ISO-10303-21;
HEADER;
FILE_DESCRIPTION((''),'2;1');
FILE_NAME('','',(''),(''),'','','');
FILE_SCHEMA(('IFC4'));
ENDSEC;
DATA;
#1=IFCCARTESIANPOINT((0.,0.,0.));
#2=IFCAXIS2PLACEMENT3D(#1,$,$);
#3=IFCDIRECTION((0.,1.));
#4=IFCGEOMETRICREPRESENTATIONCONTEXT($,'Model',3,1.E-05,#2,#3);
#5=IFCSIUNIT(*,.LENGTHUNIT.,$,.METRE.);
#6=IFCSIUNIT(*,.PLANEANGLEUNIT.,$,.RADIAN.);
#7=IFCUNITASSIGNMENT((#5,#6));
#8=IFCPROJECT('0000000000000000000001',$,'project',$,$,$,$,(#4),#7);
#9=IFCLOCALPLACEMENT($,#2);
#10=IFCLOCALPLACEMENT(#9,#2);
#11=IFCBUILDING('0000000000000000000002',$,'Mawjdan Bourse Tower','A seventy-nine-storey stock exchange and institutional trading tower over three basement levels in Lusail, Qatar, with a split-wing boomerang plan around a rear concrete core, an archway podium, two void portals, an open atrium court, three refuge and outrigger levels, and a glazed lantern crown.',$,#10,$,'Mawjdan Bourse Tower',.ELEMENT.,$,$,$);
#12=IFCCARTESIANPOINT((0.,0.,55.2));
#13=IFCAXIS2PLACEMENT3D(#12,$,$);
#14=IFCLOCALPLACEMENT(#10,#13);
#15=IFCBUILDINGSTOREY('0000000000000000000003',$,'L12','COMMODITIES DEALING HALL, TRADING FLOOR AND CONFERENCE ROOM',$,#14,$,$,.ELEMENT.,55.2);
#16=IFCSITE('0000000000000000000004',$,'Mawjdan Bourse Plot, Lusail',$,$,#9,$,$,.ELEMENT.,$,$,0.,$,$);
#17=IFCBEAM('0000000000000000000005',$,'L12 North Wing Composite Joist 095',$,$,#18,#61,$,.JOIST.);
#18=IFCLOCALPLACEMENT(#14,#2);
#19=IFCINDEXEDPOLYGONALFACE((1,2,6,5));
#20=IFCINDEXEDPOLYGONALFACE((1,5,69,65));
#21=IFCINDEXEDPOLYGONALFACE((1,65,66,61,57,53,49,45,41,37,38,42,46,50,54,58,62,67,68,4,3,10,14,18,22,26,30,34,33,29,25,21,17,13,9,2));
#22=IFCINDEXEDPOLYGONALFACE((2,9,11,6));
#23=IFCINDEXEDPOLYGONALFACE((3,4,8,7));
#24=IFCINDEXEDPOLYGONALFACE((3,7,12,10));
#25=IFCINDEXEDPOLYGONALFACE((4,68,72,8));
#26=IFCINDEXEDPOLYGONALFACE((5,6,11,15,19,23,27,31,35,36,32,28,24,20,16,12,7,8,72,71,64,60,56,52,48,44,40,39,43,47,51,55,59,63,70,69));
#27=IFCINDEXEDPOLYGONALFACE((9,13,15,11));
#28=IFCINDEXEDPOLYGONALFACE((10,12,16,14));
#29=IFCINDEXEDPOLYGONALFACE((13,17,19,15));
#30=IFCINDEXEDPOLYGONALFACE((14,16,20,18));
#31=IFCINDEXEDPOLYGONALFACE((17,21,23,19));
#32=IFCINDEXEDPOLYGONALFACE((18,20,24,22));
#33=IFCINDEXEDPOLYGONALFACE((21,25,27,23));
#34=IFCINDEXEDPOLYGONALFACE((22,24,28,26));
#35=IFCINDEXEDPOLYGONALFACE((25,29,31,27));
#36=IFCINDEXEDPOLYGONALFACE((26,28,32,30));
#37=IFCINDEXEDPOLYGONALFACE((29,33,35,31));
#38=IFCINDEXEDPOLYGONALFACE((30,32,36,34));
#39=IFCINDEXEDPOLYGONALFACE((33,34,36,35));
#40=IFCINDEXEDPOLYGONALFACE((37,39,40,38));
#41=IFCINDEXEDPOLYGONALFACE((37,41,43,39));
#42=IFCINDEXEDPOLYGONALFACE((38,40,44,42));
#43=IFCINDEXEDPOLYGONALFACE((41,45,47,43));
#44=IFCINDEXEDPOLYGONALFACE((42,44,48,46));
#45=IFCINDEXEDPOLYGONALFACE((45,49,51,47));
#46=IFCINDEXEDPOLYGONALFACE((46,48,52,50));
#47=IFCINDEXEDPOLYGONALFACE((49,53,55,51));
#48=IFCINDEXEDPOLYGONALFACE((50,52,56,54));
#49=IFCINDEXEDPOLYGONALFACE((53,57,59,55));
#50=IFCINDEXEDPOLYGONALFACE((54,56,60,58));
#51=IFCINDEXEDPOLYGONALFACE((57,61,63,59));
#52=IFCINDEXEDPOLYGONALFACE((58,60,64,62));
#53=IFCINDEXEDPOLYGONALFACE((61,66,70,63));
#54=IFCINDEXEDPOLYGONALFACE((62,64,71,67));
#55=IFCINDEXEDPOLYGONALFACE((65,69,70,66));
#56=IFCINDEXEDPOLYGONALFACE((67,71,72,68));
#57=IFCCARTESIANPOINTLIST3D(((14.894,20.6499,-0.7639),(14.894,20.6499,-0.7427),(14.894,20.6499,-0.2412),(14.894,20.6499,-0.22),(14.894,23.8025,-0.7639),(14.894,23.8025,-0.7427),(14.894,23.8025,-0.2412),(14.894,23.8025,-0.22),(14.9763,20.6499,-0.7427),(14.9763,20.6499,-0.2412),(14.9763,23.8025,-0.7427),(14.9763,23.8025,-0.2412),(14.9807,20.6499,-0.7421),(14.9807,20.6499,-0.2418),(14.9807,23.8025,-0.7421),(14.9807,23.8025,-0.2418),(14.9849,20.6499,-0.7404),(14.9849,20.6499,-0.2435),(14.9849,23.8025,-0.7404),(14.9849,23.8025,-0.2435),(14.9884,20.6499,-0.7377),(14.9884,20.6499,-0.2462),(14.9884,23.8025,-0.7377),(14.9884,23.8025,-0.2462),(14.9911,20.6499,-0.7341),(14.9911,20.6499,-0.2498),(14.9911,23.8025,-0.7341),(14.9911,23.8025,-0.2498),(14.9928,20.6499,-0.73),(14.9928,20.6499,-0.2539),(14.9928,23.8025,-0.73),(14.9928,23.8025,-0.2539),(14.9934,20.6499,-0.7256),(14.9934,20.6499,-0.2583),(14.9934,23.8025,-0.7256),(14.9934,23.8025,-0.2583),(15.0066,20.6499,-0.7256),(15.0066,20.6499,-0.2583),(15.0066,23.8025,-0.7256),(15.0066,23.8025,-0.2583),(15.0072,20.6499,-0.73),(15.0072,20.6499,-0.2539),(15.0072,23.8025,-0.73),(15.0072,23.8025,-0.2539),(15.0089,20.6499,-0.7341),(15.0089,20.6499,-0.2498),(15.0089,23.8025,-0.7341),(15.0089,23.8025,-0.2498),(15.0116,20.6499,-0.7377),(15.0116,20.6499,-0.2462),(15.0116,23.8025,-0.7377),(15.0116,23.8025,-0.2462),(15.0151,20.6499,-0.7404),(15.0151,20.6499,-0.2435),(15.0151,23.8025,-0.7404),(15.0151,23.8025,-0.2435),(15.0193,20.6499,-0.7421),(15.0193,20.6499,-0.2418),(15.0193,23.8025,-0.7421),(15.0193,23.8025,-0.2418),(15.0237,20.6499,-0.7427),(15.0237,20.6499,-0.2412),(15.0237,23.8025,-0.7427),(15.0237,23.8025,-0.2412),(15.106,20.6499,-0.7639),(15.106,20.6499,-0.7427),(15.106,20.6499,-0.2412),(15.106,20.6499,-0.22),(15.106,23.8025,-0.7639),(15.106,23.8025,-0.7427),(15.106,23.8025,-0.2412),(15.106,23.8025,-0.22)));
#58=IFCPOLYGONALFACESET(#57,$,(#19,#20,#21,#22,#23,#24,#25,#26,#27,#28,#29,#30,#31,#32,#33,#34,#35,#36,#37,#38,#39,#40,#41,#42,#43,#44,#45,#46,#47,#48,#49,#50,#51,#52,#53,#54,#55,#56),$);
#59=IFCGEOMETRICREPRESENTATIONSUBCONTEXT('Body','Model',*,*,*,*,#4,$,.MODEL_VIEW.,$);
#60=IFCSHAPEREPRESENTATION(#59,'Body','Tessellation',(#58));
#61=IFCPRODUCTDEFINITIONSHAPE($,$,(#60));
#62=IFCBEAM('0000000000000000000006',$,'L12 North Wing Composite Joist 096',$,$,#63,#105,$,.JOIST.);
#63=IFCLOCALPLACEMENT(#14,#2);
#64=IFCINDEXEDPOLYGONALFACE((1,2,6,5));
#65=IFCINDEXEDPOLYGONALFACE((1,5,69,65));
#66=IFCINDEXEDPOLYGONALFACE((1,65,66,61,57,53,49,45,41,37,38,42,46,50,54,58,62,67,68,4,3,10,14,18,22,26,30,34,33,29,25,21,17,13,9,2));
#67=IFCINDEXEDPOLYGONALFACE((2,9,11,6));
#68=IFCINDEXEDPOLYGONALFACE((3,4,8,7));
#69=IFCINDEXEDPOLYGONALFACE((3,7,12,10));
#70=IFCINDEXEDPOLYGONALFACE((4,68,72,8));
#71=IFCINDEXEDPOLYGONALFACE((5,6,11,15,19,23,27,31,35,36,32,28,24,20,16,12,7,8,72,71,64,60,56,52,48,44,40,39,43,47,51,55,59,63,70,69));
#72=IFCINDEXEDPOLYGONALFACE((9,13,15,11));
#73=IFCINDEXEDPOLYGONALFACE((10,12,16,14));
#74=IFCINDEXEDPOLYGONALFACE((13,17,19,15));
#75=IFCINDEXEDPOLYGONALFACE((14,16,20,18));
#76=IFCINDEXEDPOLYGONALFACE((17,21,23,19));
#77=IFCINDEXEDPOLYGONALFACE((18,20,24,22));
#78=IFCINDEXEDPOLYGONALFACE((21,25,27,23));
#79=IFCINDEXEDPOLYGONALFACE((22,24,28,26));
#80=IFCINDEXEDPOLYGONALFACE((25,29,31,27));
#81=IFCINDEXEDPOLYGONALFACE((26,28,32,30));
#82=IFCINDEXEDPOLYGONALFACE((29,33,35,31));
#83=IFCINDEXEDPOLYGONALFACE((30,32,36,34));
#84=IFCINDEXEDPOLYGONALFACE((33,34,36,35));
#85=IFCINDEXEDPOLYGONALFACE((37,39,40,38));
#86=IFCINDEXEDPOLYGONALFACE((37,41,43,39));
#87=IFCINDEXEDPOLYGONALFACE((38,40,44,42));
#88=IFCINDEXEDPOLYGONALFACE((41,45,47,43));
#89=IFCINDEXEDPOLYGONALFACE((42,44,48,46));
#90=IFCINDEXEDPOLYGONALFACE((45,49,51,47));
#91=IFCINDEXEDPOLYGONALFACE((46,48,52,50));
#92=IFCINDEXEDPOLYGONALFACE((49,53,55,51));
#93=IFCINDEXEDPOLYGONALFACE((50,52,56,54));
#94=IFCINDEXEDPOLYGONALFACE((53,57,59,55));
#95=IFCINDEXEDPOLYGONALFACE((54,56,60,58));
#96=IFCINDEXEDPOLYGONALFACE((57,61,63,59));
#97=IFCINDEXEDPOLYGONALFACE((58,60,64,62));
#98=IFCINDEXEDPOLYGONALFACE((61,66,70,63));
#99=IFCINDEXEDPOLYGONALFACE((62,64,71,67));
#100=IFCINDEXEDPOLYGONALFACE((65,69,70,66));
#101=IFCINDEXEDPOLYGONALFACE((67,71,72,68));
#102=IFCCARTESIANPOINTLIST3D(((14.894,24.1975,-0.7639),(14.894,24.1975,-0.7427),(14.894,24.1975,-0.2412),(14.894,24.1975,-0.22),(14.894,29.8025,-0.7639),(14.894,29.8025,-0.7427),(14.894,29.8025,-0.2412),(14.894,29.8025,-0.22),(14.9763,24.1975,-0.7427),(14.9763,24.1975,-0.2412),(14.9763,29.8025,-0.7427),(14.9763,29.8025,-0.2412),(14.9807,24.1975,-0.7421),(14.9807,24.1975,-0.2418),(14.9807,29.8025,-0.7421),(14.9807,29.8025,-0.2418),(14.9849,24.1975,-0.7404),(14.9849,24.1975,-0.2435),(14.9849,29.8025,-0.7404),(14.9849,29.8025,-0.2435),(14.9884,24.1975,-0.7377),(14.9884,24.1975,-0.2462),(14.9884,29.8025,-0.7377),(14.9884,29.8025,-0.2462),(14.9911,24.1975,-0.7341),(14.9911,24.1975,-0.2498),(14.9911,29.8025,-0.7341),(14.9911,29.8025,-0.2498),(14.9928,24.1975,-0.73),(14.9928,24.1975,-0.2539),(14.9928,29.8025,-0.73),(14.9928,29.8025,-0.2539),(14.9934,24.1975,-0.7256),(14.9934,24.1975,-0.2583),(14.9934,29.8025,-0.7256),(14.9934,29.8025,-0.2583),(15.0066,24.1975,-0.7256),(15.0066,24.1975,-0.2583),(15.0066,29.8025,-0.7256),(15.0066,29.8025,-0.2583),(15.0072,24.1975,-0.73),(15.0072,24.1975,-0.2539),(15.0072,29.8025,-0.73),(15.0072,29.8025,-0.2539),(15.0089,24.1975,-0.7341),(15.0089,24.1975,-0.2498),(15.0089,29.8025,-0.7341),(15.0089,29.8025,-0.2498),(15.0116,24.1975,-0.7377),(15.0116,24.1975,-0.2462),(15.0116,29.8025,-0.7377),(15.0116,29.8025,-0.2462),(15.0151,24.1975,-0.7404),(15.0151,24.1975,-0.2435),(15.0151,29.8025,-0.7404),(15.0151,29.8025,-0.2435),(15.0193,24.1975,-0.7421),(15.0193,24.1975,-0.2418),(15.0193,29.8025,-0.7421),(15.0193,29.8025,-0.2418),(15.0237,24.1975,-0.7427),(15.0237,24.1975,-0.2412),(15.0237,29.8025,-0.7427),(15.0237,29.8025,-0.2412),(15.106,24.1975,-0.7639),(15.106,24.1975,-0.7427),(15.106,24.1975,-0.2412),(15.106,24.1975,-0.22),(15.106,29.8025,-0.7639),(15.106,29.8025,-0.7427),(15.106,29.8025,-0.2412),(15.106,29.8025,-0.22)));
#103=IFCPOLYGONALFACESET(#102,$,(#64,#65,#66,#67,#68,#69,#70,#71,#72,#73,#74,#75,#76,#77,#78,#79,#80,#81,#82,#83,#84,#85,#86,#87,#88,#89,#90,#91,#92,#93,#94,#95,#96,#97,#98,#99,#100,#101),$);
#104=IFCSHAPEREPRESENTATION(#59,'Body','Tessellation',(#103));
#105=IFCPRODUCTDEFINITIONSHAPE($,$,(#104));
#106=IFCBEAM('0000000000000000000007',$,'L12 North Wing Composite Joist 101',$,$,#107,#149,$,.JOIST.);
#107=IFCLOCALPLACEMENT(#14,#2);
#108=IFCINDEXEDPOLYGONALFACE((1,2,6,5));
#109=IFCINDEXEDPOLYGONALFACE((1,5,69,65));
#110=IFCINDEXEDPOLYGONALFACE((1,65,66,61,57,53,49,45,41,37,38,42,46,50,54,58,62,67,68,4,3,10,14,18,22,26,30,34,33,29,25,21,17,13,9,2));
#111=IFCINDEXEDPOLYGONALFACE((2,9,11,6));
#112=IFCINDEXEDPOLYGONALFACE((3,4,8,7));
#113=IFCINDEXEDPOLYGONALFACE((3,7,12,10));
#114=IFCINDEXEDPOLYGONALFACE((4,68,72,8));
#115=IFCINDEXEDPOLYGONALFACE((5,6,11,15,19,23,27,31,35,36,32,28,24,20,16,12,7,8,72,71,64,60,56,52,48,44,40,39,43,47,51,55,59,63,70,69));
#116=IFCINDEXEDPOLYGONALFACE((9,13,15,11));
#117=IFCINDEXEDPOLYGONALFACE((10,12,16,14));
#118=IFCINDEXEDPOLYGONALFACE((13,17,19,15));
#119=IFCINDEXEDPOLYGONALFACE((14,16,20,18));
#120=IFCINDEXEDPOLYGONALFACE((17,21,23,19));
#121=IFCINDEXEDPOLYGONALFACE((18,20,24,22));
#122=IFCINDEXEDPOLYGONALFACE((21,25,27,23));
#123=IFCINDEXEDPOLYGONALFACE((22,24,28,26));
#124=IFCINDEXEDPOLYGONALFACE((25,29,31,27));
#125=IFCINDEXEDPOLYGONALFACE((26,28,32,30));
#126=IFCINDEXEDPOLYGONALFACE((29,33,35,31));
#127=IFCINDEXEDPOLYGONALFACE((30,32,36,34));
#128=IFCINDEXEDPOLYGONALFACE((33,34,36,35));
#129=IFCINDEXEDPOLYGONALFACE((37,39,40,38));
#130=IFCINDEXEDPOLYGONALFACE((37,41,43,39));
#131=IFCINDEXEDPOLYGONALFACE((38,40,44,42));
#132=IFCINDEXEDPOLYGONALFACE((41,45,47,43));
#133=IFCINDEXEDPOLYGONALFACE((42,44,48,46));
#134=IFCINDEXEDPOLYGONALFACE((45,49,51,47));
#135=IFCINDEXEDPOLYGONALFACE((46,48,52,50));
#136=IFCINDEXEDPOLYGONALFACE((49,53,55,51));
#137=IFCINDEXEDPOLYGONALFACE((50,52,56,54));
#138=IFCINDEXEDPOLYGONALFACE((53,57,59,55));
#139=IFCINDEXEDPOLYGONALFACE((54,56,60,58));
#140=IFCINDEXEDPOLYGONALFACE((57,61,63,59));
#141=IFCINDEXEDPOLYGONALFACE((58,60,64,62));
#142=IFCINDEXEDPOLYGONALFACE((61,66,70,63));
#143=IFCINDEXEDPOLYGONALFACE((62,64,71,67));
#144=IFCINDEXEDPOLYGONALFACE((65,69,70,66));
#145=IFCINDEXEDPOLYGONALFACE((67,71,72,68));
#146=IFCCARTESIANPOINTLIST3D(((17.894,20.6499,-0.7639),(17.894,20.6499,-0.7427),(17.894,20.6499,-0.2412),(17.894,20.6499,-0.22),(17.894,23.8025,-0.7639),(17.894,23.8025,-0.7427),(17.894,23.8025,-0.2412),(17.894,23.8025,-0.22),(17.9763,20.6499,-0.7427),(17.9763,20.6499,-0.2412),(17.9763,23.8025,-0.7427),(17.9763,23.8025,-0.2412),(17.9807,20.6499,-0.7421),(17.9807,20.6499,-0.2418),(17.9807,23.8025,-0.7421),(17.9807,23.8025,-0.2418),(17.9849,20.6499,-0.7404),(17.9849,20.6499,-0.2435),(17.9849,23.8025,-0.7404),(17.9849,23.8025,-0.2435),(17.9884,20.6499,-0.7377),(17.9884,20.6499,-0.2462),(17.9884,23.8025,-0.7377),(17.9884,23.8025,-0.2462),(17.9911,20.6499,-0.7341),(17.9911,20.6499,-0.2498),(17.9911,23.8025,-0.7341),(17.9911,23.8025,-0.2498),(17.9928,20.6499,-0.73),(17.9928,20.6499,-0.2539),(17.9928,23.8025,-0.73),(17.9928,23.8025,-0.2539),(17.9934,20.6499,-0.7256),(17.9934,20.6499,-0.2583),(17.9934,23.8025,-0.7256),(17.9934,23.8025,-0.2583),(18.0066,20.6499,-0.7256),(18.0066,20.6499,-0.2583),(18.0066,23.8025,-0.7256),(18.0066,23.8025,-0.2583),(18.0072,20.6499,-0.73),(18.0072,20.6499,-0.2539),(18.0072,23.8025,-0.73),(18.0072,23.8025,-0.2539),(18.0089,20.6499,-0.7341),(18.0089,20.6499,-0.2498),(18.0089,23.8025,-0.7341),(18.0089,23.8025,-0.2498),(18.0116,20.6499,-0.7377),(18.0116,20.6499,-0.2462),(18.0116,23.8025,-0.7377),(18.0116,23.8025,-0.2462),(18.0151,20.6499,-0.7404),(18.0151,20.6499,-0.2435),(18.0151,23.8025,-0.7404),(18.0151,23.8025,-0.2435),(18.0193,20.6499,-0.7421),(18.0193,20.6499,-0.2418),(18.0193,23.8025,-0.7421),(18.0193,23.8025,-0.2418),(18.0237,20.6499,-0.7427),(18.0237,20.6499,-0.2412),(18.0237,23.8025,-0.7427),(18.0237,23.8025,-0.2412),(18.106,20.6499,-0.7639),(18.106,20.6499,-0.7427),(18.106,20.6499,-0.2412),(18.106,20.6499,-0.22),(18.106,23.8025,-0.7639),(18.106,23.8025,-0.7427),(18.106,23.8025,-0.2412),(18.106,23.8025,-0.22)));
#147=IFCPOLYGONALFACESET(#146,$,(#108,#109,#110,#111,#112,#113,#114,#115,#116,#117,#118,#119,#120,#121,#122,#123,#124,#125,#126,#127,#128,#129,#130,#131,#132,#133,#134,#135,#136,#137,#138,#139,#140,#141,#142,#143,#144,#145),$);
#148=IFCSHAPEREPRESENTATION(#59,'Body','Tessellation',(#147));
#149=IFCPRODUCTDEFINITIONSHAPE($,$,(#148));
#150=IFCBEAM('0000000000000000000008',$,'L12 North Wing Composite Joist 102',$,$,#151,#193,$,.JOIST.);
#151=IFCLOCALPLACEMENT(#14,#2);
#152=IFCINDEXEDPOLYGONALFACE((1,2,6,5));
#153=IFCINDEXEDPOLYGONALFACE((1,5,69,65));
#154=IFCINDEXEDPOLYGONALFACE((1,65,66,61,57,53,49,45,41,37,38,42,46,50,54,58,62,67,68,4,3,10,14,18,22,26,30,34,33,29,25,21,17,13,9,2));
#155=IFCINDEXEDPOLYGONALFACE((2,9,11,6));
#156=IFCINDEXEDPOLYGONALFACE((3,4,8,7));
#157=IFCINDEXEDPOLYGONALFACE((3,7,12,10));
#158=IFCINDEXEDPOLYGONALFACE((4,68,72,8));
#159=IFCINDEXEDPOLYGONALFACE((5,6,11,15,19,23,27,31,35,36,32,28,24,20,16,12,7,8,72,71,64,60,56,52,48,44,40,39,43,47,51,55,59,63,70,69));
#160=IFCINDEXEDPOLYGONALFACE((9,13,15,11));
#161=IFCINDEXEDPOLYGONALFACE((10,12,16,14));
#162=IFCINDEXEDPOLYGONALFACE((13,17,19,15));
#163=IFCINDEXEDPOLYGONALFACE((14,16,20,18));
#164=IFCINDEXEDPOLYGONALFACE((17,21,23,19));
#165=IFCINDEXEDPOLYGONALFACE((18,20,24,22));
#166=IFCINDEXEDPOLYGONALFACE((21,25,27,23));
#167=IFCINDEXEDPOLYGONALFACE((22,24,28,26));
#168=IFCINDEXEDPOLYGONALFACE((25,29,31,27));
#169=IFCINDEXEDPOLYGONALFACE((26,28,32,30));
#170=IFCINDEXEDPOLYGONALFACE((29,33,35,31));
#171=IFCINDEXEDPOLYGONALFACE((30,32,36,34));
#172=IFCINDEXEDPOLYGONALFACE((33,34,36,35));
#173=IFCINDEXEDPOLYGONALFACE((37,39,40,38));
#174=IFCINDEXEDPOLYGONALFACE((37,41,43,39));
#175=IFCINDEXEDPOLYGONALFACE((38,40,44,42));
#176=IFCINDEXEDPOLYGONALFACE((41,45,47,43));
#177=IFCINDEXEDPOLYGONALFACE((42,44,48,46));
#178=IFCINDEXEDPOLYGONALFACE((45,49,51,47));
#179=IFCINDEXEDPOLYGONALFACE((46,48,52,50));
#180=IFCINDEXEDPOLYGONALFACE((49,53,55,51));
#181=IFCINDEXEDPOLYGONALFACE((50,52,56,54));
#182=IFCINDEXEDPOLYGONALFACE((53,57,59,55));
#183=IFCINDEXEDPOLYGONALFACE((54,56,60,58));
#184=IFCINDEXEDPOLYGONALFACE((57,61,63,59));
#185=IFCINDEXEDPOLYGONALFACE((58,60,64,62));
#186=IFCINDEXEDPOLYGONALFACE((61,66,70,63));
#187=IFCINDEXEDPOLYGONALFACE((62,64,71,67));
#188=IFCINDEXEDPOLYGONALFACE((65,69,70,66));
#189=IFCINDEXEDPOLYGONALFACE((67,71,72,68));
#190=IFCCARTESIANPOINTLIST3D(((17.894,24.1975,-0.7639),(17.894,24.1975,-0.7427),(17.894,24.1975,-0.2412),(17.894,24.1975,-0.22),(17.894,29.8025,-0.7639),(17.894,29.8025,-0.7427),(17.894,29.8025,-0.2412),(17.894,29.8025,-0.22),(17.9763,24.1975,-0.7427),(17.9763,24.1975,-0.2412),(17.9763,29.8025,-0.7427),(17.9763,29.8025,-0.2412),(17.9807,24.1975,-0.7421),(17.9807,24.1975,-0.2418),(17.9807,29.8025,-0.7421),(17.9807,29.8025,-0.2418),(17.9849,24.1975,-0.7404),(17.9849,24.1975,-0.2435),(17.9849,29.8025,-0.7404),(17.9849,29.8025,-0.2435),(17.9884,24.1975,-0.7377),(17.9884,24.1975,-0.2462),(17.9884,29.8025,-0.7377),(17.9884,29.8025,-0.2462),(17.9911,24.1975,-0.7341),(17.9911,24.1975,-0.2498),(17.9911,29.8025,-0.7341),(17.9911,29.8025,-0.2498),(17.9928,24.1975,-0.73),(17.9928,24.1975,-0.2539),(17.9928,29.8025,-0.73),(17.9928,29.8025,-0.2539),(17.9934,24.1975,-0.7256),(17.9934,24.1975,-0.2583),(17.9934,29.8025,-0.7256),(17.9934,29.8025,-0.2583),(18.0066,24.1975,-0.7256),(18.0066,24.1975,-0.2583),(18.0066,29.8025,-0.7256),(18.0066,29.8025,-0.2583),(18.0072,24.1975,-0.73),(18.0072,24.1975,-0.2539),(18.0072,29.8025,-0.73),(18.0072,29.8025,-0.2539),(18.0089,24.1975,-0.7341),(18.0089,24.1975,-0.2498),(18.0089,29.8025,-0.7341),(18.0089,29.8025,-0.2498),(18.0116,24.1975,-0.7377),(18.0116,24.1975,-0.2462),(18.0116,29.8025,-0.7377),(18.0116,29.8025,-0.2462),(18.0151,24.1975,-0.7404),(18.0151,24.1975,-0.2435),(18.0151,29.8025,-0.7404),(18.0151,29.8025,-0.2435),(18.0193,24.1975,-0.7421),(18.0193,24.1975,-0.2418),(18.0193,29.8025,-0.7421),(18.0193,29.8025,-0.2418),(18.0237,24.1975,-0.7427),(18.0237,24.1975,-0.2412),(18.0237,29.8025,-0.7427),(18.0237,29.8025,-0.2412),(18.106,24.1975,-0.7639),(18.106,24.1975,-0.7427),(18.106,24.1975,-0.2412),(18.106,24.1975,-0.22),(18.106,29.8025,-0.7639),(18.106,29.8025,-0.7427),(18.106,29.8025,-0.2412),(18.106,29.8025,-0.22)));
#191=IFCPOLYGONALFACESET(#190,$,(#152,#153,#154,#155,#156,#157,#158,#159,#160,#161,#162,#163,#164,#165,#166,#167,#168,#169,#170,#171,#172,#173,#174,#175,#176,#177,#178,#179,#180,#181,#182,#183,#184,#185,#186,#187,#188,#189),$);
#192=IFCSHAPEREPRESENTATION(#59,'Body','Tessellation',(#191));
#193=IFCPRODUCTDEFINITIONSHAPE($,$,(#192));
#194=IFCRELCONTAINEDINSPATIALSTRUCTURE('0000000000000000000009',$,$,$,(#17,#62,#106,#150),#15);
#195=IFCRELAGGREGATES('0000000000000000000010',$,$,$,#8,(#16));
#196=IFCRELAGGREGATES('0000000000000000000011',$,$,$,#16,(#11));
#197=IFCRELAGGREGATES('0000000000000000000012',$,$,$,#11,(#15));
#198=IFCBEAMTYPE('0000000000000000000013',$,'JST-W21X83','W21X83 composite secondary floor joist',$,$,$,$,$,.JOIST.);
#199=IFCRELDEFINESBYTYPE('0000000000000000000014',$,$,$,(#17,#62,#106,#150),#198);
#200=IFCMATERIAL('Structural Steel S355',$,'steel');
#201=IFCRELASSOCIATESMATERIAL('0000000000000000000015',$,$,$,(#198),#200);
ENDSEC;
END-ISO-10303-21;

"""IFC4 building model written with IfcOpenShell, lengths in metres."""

from ifc_helpers import new_model, si_unit, direction, frame, origin, origin_2d, place, context, subcontext, project, spatial, i_section, extrude, material, material_profile, profile_set, type_object, element, save


model = new_model("IFC4")

# Units and contexts
model_context = context("Model", 3, precision=1e-05, world=origin(), true_north=direction((0.0, 1.0)))
body_context = subcontext(model_context, "Body", "Model", "MODEL_VIEW")
ifc_project = project(units=[si_unit("LENGTHUNIT", "METRE"), si_unit("PLANEANGLEUNIT", "RADIAN")], contexts=[model_context])

# Site, building, storey
site_placement = place(None, origin())
site = spatial("IfcSite", under=ifc_project, at=site_placement, Name="Mawjdan Bourse Plot, Lusail", CompositionType="ELEMENT", RefElevation=0.0)
building_placement = place(site_placement, origin())
building = spatial("IfcBuilding", under=site, at=building_placement, Name="Mawjdan Bourse Tower", Description="A seventy-nine-storey stock exchange and institutional trading tower over three basement levels in Lusail, Qatar, with a split-wing boomerang plan around a rear concrete core, an archway podium, two void portals, an open atrium court, three refuge and outrigger levels, and a glazed lantern crown.", LongName="Mawjdan Bourse Tower", CompositionType="ELEMENT")
storey_placement = place(building_placement, frame((0.0, 0.0, 55.2)))
storey = spatial("IfcBuildingStorey", under=building, at=storey_placement, Name="L12", Description="COMMODITIES DEALING HALL, TRADING FLOOR AND CONFERENCE ROOM", CompositionType="ELEMENT", Elevation=55.2)

# Beams
ifc_material_1 = material(Name="Structural Steel S355", Category="steel")
ifc_material_profile_1 = material_profile(ifc_material_1, i_section(OverallWidth=0.2119, OverallDepth=0.5439, WebThickness=0.0132, FlangeThickness=0.0212, FilletRadius=0.0171, at=origin_2d()), Name="W21X83")
ifc_profile_set_1 = profile_set([ifc_material_profile_1], Name="Structural Steel S355")
beam_type_1 = type_object("IfcBeamType", Name="JST-W21X83", Description="W21X83 composite secondary floor joist", PredefinedType="JOIST", material=ifc_profile_set_1)
beam_1_placement = place(storey_placement, frame((15.0, 20.6499, -0.4919), z_axis=(0.0, 1.0, 0.0), x_axis=(-1.0, 0.0, 0.0)))
element("IfcBeam", 1, at=beam_1_placement, inside=storey, type_object=beam_type_1, Name="L12 North Wing Composite Joist 095", PredefinedType="JOIST", context=body_context, shape_type="SweptSolid", body=[
    extrude(i_section(OverallWidth=0.2119, OverallDepth=0.5439, WebThickness=0.0132, FlangeThickness=0.0212, FilletRadius=0.0171, at=origin_2d()), origin(), (0.0, 0.0, 1.0), 3.1526),
])
beam_2_placement = place(storey_placement, frame((15.0, 24.1975, -0.4919), z_axis=(0.0, 1.0, 0.0), x_axis=(-1.0, 0.0, 0.0)))
element("IfcBeam", 2, at=beam_2_placement, inside=storey, type_object=beam_type_1, Name="L12 North Wing Composite Joist 096", PredefinedType="JOIST", context=body_context, shape_type="SweptSolid", body=[
    extrude(i_section(OverallWidth=0.2119, OverallDepth=0.5439, WebThickness=0.0132, FlangeThickness=0.0212, FilletRadius=0.0171, at=origin_2d()), origin(), (0.0, 0.0, 1.0), 5.605),
])
beam_3_placement = place(storey_placement, frame((18.0, 20.6499, -0.4919), z_axis=(0.0, 1.0, 0.0), x_axis=(-1.0, 0.0, 0.0)))
element("IfcBeam", 3, at=beam_3_placement, inside=storey, type_object=beam_type_1, Name="L12 North Wing Composite Joist 101", PredefinedType="JOIST", context=body_context, shape_type="SweptSolid", body=[
    extrude(i_section(OverallWidth=0.2119, OverallDepth=0.5439, WebThickness=0.0132, FlangeThickness=0.0212, FilletRadius=0.0171, at=origin_2d()), origin(), (0.0, 0.0, 1.0), 3.1526),
])
beam_4_placement = place(storey_placement, frame((18.0, 24.1975, -0.4919), z_axis=(0.0, 1.0, 0.0), x_axis=(-1.0, 0.0, 0.0)))
element("IfcBeam", 4, at=beam_4_placement, inside=storey, type_object=beam_type_1, Name="L12 North Wing Composite Joist 102", PredefinedType="JOIST", context=body_context, shape_type="SweptSolid", body=[
    extrude(i_section(OverallWidth=0.2119, OverallDepth=0.5439, WebThickness=0.0132, FlangeThickness=0.0212, FilletRadius=0.0171, at=origin_2d()), origin(), (0.0, 0.0, 1.0), 5.605),
])

save(model, "model.ifc")
